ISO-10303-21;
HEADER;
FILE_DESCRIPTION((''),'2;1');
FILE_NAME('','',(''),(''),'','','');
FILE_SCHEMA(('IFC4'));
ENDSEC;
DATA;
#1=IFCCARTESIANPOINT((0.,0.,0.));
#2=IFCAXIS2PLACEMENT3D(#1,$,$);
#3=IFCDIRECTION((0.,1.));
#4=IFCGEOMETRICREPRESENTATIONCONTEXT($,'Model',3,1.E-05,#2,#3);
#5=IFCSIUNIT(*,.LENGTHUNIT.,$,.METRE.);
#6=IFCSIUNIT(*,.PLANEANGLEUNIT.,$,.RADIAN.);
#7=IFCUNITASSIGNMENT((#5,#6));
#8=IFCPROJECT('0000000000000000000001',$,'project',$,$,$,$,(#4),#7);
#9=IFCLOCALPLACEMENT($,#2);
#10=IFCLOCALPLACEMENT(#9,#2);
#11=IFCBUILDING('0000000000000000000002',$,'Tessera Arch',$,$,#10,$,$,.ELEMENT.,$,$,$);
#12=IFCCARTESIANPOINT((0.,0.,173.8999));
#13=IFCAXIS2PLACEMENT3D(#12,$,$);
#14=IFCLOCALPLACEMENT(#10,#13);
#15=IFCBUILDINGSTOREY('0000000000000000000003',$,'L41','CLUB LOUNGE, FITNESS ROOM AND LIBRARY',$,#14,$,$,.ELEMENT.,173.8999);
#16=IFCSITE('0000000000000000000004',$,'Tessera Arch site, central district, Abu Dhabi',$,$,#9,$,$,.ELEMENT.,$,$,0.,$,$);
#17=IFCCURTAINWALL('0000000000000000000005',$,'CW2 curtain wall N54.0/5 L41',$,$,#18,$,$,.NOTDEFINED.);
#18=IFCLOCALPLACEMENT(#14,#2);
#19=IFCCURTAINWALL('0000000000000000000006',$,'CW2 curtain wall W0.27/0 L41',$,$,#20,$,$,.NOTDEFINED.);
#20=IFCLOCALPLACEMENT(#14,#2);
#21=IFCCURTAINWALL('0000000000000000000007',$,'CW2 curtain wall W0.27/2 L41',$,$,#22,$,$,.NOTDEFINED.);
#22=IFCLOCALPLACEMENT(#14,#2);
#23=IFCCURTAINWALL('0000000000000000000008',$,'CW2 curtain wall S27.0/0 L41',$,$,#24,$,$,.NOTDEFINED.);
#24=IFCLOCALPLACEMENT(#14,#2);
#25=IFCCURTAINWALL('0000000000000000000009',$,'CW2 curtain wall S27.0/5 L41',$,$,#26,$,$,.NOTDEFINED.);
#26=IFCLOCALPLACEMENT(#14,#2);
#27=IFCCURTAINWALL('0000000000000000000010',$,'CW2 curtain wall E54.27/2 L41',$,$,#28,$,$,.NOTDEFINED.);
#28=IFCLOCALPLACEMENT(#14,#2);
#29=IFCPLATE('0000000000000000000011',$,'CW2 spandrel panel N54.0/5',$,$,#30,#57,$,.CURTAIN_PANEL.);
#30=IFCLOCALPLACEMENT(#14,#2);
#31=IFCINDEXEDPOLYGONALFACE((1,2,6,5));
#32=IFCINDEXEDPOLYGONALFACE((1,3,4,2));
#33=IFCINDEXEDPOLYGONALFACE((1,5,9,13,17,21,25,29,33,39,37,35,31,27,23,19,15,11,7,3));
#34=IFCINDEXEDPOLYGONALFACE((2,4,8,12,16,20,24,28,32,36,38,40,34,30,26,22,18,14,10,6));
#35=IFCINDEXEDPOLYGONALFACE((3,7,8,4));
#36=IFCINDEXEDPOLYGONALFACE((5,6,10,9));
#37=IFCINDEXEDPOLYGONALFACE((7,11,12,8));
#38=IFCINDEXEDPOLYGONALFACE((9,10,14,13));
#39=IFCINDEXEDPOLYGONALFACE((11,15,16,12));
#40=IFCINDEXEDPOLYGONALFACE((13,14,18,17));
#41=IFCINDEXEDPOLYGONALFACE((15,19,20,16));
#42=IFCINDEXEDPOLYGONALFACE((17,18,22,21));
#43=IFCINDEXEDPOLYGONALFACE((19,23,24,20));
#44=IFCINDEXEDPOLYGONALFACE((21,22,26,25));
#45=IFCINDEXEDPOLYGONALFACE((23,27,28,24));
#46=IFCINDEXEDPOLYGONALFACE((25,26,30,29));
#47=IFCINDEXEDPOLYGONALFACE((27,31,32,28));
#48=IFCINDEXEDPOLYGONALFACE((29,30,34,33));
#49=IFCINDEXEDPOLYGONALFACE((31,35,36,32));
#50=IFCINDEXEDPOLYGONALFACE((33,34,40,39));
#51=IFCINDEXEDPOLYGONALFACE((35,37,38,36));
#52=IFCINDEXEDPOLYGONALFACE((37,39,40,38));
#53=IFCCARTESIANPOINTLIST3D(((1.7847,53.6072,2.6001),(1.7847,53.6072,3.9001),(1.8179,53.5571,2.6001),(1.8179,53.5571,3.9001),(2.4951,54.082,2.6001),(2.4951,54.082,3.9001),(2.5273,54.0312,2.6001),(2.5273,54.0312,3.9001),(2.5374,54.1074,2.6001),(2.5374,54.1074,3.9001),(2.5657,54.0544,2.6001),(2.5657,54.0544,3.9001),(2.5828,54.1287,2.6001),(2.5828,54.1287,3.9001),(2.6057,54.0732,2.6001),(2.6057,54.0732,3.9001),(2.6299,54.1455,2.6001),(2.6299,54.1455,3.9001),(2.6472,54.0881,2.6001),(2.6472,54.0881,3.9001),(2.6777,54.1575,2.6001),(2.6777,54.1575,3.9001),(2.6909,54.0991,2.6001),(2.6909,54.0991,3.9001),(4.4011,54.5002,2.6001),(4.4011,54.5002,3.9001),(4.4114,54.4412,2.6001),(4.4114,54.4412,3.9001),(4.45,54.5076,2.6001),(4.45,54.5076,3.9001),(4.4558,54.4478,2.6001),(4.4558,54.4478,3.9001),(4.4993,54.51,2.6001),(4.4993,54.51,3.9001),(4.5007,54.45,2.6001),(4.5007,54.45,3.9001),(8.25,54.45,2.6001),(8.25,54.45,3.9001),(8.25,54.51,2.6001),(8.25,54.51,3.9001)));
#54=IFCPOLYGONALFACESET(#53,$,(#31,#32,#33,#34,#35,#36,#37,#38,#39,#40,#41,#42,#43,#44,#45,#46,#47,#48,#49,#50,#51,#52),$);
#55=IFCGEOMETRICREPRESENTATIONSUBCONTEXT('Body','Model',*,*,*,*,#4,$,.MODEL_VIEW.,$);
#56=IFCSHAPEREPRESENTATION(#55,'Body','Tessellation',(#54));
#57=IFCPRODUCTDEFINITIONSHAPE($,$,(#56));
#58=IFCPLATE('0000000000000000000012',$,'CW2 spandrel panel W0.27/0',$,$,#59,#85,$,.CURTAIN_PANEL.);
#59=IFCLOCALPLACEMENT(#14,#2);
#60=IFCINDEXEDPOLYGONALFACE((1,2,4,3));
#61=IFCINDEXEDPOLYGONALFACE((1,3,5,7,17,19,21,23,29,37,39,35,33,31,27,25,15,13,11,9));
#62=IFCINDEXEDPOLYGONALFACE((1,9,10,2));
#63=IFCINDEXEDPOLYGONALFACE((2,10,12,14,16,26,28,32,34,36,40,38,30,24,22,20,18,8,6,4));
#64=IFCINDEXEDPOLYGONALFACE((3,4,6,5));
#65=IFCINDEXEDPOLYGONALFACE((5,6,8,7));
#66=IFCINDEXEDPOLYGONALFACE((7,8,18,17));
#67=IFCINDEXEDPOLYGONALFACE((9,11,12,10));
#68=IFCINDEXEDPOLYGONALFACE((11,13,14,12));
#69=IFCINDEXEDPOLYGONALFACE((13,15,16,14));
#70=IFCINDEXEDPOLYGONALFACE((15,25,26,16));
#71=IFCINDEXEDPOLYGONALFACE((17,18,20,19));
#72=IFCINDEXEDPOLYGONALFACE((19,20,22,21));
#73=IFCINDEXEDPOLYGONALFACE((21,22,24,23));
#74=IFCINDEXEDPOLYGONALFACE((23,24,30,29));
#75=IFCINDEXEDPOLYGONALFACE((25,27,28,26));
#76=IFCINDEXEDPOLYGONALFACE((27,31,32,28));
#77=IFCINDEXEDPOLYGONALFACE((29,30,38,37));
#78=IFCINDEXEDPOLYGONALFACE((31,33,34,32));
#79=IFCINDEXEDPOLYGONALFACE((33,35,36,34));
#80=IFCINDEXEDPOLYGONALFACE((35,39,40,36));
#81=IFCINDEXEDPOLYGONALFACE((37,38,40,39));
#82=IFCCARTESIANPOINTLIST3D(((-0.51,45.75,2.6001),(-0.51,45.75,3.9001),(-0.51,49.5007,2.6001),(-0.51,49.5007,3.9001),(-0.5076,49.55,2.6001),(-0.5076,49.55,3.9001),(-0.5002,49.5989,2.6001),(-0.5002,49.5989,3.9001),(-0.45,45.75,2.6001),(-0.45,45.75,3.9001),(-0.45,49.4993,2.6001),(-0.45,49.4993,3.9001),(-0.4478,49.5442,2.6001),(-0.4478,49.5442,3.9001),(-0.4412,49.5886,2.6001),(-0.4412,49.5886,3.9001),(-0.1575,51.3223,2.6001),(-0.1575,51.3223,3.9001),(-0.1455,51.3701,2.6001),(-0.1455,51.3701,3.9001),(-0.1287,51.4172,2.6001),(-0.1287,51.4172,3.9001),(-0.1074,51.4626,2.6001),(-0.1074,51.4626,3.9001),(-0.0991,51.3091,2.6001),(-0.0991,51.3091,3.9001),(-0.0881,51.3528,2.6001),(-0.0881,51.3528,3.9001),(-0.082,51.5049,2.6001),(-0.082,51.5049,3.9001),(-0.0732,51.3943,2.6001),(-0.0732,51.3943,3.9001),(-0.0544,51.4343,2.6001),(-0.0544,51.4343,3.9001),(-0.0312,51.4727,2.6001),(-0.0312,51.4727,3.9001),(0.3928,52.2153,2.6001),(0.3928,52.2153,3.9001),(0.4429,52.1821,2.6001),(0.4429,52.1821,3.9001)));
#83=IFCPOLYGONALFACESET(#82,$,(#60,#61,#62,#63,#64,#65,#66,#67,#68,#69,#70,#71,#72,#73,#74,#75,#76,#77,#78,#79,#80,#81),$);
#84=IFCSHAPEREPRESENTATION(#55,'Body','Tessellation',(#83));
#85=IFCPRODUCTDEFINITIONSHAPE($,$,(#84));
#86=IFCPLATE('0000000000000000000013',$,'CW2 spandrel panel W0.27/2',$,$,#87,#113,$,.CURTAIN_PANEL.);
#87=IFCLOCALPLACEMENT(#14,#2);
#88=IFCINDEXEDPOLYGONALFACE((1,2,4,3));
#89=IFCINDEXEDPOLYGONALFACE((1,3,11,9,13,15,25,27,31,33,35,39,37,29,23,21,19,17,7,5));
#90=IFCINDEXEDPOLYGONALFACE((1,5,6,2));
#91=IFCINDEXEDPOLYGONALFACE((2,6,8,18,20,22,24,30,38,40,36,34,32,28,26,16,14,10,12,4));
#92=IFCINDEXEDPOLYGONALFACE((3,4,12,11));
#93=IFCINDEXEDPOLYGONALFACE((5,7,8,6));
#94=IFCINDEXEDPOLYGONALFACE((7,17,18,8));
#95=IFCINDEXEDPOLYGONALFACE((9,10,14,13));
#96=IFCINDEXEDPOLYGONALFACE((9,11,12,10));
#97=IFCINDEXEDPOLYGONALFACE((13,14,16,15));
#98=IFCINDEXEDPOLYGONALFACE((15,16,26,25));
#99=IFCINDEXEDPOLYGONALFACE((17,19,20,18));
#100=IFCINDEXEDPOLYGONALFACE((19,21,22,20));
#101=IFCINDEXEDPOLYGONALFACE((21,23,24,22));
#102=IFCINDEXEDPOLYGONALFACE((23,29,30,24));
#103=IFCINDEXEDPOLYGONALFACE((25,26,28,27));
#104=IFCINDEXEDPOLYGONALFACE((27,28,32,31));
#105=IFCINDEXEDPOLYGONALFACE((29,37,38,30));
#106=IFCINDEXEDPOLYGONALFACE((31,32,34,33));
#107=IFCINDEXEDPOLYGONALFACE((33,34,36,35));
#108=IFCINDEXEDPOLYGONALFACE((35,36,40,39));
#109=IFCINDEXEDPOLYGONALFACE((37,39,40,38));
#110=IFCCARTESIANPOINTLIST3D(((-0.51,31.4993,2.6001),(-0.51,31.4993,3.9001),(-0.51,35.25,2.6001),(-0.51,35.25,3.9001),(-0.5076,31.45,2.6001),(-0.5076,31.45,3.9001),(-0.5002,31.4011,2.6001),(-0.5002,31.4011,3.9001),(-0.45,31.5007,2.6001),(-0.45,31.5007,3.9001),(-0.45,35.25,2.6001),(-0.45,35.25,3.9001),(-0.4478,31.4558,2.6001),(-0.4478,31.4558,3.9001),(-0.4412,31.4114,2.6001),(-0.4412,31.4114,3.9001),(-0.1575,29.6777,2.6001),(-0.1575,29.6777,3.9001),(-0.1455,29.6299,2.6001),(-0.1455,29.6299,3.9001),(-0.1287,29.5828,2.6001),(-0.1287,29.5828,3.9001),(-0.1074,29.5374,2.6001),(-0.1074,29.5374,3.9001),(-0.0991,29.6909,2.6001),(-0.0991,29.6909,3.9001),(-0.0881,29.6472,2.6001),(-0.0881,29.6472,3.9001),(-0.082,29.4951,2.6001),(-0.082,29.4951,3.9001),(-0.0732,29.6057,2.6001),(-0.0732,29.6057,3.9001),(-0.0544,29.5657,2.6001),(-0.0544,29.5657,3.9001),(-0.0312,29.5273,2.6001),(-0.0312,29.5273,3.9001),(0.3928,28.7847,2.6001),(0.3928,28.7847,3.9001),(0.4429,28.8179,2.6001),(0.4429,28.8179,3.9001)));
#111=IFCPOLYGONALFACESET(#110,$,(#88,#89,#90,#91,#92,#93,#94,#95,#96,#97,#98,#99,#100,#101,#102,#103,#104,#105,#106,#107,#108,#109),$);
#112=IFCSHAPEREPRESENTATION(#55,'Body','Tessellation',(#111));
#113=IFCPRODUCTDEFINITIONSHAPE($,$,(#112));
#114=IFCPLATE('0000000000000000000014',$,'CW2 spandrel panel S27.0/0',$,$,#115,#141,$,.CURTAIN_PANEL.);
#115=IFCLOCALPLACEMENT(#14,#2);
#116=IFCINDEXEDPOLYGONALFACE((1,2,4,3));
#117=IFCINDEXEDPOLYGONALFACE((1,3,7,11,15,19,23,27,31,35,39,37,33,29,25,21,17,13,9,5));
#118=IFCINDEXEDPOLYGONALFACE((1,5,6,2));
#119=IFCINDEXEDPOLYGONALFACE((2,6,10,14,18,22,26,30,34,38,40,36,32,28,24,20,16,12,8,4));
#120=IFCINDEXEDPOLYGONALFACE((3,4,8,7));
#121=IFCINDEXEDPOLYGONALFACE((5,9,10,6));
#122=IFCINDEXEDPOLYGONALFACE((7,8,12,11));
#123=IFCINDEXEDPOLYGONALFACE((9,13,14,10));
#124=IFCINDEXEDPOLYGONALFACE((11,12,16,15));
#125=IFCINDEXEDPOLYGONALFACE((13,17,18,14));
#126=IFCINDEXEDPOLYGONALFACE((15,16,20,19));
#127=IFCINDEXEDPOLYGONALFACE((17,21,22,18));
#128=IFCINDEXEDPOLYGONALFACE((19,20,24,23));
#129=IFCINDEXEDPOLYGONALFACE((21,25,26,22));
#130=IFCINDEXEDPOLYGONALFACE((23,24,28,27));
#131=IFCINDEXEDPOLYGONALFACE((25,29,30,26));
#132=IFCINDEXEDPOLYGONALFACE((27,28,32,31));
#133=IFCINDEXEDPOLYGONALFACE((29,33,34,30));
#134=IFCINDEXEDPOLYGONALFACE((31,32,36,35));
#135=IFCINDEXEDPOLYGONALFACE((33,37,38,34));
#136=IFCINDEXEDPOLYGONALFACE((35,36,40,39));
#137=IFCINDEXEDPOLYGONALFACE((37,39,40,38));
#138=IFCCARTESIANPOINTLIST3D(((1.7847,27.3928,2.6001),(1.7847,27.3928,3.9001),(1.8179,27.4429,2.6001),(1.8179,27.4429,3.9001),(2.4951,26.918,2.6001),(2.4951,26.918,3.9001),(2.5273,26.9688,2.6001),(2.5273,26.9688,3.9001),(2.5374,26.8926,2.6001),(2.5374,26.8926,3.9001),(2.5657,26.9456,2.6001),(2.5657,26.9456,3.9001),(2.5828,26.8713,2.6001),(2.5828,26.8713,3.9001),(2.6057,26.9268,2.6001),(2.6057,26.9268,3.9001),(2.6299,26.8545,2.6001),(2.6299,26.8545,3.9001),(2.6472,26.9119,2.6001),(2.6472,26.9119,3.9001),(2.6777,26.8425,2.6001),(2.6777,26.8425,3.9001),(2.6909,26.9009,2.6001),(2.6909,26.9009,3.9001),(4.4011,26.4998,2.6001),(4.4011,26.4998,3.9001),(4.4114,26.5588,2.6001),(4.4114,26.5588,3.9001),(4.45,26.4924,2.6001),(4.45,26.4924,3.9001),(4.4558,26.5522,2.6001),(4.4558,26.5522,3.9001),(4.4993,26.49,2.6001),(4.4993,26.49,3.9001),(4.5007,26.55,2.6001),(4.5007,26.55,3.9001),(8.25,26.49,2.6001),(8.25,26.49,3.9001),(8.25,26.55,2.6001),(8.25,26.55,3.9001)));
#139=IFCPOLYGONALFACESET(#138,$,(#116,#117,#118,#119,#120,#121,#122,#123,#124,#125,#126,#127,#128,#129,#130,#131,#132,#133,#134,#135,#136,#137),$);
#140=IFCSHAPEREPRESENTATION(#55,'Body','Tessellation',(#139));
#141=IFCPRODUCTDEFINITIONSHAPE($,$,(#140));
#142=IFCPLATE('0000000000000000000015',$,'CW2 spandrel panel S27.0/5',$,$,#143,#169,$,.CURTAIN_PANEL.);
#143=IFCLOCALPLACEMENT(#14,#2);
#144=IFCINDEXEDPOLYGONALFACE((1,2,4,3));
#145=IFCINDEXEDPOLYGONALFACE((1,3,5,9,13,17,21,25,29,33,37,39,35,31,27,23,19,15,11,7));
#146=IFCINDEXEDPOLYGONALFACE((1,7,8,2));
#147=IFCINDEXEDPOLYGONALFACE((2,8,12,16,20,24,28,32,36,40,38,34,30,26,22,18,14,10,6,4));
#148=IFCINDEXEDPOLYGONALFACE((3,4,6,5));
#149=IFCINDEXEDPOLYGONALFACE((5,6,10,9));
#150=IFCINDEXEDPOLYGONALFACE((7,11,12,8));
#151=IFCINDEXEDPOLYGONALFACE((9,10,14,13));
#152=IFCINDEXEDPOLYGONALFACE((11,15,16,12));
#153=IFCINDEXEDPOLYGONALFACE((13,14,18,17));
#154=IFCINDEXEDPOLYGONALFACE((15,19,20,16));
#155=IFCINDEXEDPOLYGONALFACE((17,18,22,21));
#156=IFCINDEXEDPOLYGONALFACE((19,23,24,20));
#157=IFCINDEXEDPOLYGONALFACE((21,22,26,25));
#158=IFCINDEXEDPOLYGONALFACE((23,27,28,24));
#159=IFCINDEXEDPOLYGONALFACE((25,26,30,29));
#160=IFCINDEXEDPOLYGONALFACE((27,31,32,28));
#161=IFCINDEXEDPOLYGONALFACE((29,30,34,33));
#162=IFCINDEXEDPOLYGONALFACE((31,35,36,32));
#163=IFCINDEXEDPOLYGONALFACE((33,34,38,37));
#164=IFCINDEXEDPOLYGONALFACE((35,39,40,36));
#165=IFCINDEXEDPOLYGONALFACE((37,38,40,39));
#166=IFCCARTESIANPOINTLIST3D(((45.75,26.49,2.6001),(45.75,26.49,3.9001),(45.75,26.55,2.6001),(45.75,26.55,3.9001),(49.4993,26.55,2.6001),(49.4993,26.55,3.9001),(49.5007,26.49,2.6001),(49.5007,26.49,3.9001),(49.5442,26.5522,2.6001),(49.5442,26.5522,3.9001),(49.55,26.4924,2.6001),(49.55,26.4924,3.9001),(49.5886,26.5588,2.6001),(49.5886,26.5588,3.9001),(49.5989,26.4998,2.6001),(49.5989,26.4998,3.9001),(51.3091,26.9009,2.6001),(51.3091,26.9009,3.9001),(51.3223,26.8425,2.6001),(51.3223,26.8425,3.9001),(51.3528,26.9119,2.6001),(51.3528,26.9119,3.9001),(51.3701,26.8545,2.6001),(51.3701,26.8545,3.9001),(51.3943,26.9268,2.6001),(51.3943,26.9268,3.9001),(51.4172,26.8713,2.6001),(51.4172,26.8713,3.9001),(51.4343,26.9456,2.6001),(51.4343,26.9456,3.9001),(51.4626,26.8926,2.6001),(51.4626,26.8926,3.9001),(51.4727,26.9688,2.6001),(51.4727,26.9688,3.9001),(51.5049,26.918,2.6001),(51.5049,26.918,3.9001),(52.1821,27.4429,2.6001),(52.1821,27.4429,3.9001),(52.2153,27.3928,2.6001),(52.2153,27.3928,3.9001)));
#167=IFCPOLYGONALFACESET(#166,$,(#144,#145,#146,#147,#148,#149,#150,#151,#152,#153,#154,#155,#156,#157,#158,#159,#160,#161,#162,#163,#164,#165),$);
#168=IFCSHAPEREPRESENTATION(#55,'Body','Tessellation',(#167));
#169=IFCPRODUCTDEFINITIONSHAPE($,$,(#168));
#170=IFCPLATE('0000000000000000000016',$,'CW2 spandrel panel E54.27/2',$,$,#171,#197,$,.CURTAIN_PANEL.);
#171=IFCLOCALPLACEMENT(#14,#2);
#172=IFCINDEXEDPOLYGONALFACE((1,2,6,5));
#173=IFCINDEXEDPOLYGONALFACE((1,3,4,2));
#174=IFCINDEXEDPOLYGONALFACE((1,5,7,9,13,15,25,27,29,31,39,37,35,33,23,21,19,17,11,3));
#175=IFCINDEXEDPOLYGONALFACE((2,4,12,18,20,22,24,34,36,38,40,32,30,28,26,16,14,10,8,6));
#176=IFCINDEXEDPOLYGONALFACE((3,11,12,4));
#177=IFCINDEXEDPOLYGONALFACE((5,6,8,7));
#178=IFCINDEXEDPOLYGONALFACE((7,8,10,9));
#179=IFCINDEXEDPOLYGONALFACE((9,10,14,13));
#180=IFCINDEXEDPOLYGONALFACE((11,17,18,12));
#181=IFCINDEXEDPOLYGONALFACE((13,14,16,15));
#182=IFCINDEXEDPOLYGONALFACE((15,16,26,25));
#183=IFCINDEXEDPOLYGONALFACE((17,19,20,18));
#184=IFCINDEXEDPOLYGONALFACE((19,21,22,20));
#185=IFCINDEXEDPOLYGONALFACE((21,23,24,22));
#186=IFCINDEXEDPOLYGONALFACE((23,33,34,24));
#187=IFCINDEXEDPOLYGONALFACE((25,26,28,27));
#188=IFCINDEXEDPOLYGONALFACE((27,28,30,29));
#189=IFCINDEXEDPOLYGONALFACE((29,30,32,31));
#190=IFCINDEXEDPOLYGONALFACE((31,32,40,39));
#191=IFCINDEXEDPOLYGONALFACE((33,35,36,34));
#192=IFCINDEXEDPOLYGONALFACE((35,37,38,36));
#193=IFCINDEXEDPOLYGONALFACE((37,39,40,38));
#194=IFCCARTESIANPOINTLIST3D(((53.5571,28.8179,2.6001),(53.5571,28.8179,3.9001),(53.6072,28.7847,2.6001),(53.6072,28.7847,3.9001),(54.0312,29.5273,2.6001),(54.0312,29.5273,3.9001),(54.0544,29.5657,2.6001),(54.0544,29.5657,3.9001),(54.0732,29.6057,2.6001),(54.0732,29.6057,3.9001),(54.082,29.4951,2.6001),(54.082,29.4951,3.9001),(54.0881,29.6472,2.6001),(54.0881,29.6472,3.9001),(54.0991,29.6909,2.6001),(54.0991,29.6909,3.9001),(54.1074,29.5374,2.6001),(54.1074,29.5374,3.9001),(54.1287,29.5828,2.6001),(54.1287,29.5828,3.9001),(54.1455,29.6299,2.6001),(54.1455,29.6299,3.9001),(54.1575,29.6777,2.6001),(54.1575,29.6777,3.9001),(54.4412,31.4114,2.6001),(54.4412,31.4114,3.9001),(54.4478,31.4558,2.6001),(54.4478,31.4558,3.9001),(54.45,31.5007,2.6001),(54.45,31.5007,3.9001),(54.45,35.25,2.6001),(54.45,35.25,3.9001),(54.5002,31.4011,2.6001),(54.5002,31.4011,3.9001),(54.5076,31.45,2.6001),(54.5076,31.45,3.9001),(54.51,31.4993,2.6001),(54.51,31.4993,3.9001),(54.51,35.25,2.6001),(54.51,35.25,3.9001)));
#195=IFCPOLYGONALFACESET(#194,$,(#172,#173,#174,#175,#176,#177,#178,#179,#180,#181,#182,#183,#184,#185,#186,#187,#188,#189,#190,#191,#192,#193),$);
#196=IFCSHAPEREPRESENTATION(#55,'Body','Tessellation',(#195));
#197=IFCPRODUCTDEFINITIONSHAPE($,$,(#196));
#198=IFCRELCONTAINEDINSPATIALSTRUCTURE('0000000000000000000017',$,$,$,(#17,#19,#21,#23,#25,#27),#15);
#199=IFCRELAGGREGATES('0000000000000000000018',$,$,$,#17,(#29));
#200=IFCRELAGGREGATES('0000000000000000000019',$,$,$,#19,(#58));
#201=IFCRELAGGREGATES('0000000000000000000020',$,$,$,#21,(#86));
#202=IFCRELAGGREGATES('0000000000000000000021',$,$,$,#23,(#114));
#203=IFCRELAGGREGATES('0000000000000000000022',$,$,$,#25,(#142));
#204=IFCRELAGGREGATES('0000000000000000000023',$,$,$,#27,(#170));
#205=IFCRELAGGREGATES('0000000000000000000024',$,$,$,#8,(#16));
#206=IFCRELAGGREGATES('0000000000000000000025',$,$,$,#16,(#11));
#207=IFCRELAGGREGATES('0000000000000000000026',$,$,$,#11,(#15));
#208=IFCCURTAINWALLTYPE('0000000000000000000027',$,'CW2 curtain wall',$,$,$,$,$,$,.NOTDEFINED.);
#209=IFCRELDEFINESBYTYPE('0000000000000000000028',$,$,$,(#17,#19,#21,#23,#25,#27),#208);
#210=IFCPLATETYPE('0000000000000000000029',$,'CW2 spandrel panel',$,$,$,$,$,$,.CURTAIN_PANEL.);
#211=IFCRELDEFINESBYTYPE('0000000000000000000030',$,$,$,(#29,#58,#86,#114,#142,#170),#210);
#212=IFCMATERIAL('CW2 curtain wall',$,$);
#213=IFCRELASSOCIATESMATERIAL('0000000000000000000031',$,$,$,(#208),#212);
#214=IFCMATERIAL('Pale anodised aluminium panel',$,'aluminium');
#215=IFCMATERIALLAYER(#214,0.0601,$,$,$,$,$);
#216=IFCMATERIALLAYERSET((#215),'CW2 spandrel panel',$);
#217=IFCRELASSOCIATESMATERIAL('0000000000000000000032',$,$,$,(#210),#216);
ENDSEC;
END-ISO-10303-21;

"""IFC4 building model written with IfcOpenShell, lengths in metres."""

from ifc_helpers import new_model, si_unit, direction, frame, origin, place, context, subcontext, project, spatial, polyline, outline, extrude, material, layer, layer_set, type_object, element, aggregate, save


model = new_model("IFC4")

# Units and contexts
model_context = context("Model", 3, precision=1e-05, world=origin(), true_north=direction((0.0, 1.0)))
body_context = subcontext(model_context, "Body", "Model", "MODEL_VIEW")
ifc_project = project(units=[si_unit("LENGTHUNIT", "METRE"), si_unit("PLANEANGLEUNIT", "RADIAN")], contexts=[model_context])

# Site, building, storey
site_placement = place(None, origin())
site = spatial("IfcSite", under=ifc_project, at=site_placement, Name="Tessera Arch site, central district, Abu Dhabi", CompositionType="ELEMENT", RefElevation=0.0)
building_placement = place(site_placement, origin())
building = spatial("IfcBuilding", under=site, at=building_placement, Name="Tessera Arch", CompositionType="ELEMENT")
storey_placement = place(building_placement, frame((0.0, 0.0, 173.8999)))
storey = spatial("IfcBuildingStorey", under=building, at=storey_placement, Name="L41", Description="CLUB LOUNGE, FITNESS ROOM AND LIBRARY", CompositionType="ELEMENT", Elevation=173.8999)

# Curtain walls
ifc_material_1 = material(Name="CW2 curtain wall")
curtain_wall_type_1 = type_object("IfcCurtainWallType", Name="CW2 curtain wall", PredefinedType="NOTDEFINED", material=ifc_material_1)
curtain_wall_1_placement = place(storey_placement, origin())
curtain_wall_1 = element("IfcCurtainWall", 1, at=curtain_wall_1_placement, inside=storey, type_object=curtain_wall_type_1, Name="CW2 curtain wall N54.0/5 L41", PredefinedType="NOTDEFINED")
curtain_wall_2_placement = place(storey_placement, origin())
curtain_wall_2 = element("IfcCurtainWall", 2, at=curtain_wall_2_placement, inside=storey, type_object=curtain_wall_type_1, Name="CW2 curtain wall W0.27/0 L41", PredefinedType="NOTDEFINED")
curtain_wall_3_placement = place(storey_placement, origin())
curtain_wall_3 = element("IfcCurtainWall", 3, at=curtain_wall_3_placement, inside=storey, type_object=curtain_wall_type_1, Name="CW2 curtain wall W0.27/2 L41", PredefinedType="NOTDEFINED")
curtain_wall_4_placement = place(storey_placement, origin())
curtain_wall_4 = element("IfcCurtainWall", 4, at=curtain_wall_4_placement, inside=storey, type_object=curtain_wall_type_1, Name="CW2 curtain wall S27.0/0 L41", PredefinedType="NOTDEFINED")
curtain_wall_5_placement = place(storey_placement, origin())
curtain_wall_5 = element("IfcCurtainWall", 5, at=curtain_wall_5_placement, inside=storey, type_object=curtain_wall_type_1, Name="CW2 curtain wall S27.0/5 L41", PredefinedType="NOTDEFINED")
curtain_wall_6_placement = place(storey_placement, origin())
curtain_wall_6 = element("IfcCurtainWall", 6, at=curtain_wall_6_placement, inside=storey, type_object=curtain_wall_type_1, Name="CW2 curtain wall E54.27/2 L41", PredefinedType="NOTDEFINED")

# Plates
ifc_material_2 = material(Name="Pale anodised aluminium panel", Category="aluminium")
ifc_layer_1 = layer(ifc_material_2, 0.0601)
ifc_layer_set_1 = layer_set([ifc_layer_1], Name="CW2 spandrel panel")
plate_type_1 = type_object("IfcPlateType", Name="CW2 spandrel panel", PredefinedType="CURTAIN_PANEL", material=ifc_layer_set_1)
plate_1_placement = place(storey_placement, frame((0.0, 0.0, 2.6001)))
plate_1 = element("IfcPlate", 7, at=plate_1_placement, type_object=plate_type_1, Name="CW2 spandrel panel N54.0/5", PredefinedType="CURTAIN_PANEL", context=body_context, shape_type="SweptSolid", body=[
    extrude(outline(polyline([(4.5007, 54.45), (8.25, 54.45), (8.25, 54.51), (4.4993, 54.51), (4.45, 54.5076), (4.4011, 54.5002), (2.6777, 54.1575), (2.6299, 54.1455), (2.5828, 54.1287), (2.5374, 54.1074), (2.4951, 54.082), (1.7847, 53.6072), (1.8179, 53.5571), (2.5273, 54.0312), (2.5657, 54.0544), (2.6057, 54.0732), (2.6472, 54.0881), (2.6909, 54.0991), (4.4114, 54.4412), (4.4558, 54.4478), (4.5007, 54.45)])), origin(), (0.0, 0.0, 1.0), 1.3),
])
aggregate(curtain_wall_1, [plate_1])
plate_2_placement = place(storey_placement, frame((0.0, 0.0, 2.6001)))
plate_2 = element("IfcPlate", 8, at=plate_2_placement, type_object=plate_type_1, Name="CW2 spandrel panel W0.27/0", PredefinedType="CURTAIN_PANEL", context=body_context, shape_type="SweptSolid", body=[
    extrude(outline(polyline([(-0.0312, 51.4727), (0.4429, 52.1821), (0.3928, 52.2153), (-0.082, 51.5049), (-0.1074, 51.4626), (-0.1287, 51.4172), (-0.1455, 51.3701), (-0.1575, 51.3223), (-0.5002, 49.5989), (-0.5076, 49.55), (-0.51, 49.5007), (-0.51, 45.75), (-0.45, 45.75), (-0.45, 49.4993), (-0.4478, 49.5442), (-0.4412, 49.5886), (-0.0991, 51.3091), (-0.0881, 51.3528), (-0.0732, 51.3943), (-0.0544, 51.4343), (-0.0312, 51.4727)])), origin(), (0.0, 0.0, 1.0), 1.3),
])
aggregate(curtain_wall_2, [plate_2])
plate_3_placement = place(storey_placement, frame((0.0, 0.0, 2.6001)))
plate_3 = element("IfcPlate", 9, at=plate_3_placement, type_object=plate_type_1, Name="CW2 spandrel panel W0.27/2", PredefinedType="CURTAIN_PANEL", context=body_context, shape_type="SweptSolid", body=[
    extrude(outline(polyline([(-0.45, 31.5007), (-0.45, 35.25), (-0.51, 35.25), (-0.51, 31.4993), (-0.5076, 31.45), (-0.5002, 31.4011), (-0.1575, 29.6777), (-0.1455, 29.6299), (-0.1287, 29.5828), (-0.1074, 29.5374), (-0.082, 29.4951), (0.3928, 28.7847), (0.4429, 28.8179), (-0.0312, 29.5273), (-0.0544, 29.5657), (-0.0732, 29.6057), (-0.0881, 29.6472), (-0.0991, 29.6909), (-0.4412, 31.4114), (-0.4478, 31.4558), (-0.45, 31.5007)])), origin(), (0.0, 0.0, 1.0), 1.3),
])
aggregate(curtain_wall_3, [plate_3])
plate_4_placement = place(storey_placement, frame((0.0, 0.0, 2.6001)))
plate_4 = element("IfcPlate", 10, at=plate_4_placement, type_object=plate_type_1, Name="CW2 spandrel panel S27.0/0", PredefinedType="CURTAIN_PANEL", context=body_context, shape_type="SweptSolid", body=[
    extrude(outline(polyline([(2.5273, 26.9688), (1.8179, 27.4429), (1.7847, 27.3928), (2.4951, 26.918), (2.5374, 26.8926), (2.5828, 26.8713), (2.6299, 26.8545), (2.6777, 26.8425), (4.4011, 26.4998), (4.45, 26.4924), (4.4993, 26.49), (8.25, 26.49), (8.25, 26.55), (4.5007, 26.55), (4.4558, 26.5522), (4.4114, 26.5588), (2.6909, 26.9009), (2.6472, 26.9119), (2.6057, 26.9268), (2.5657, 26.9456), (2.5273, 26.9688)])), origin(), (0.0, 0.0, 1.0), 1.3),
])
aggregate(curtain_wall_4, [plate_4])
plate_5_placement = place(storey_placement, frame((0.0, 0.0, 2.6001)))
plate_5 = element("IfcPlate", 11, at=plate_5_placement, type_object=plate_type_1, Name="CW2 spandrel panel S27.0/5", PredefinedType="CURTAIN_PANEL", context=body_context, shape_type="SweptSolid", body=[
    extrude(outline(polyline([(49.4993, 26.55), (45.75, 26.55), (45.75, 26.49), (49.5007, 26.49), (49.55, 26.4924), (49.5989, 26.4998), (51.3223, 26.8425), (51.3701, 26.8545), (51.4172, 26.8713), (51.4626, 26.8926), (51.5049, 26.918), (52.2153, 27.3928), (52.1821, 27.4429), (51.4727, 26.9688), (51.4343, 26.9456), (51.3943, 26.9268), (51.3528, 26.9119), (51.3091, 26.9009), (49.5886, 26.5588), (49.5442, 26.5522), (49.4993, 26.55)])), origin(), (0.0, 0.0, 1.0), 1.3),
])
aggregate(curtain_wall_5, [plate_5])
plate_6_placement = place(storey_placement, frame((0.0, 0.0, 2.6001)))
plate_6 = element("IfcPlate", 12, at=plate_6_placement, type_object=plate_type_1, Name="CW2 spandrel panel E54.27/2", PredefinedType="CURTAIN_PANEL", context=body_context, shape_type="SweptSolid", body=[
    extrude(outline(polyline([(54.0312, 29.5273), (53.5571, 28.8179), (53.6072, 28.7847), (54.082, 29.4951), (54.1074, 29.5374), (54.1287, 29.5828), (54.1455, 29.6299), (54.1575, 29.6777), (54.5002, 31.4011), (54.5076, 31.45), (54.51, 31.4993), (54.51, 35.25), (54.45, 35.25), (54.45, 31.5007), (54.4478, 31.4558), (54.4412, 31.4114), (54.0991, 29.6909), (54.0881, 29.6472), (54.0732, 29.6057), (54.0544, 29.5657), (54.0312, 29.5273)])), origin(), (0.0, 0.0, 1.0), 1.3),
])
aggregate(curtain_wall_6, [plate_6])

save(model, "model.ifc")
